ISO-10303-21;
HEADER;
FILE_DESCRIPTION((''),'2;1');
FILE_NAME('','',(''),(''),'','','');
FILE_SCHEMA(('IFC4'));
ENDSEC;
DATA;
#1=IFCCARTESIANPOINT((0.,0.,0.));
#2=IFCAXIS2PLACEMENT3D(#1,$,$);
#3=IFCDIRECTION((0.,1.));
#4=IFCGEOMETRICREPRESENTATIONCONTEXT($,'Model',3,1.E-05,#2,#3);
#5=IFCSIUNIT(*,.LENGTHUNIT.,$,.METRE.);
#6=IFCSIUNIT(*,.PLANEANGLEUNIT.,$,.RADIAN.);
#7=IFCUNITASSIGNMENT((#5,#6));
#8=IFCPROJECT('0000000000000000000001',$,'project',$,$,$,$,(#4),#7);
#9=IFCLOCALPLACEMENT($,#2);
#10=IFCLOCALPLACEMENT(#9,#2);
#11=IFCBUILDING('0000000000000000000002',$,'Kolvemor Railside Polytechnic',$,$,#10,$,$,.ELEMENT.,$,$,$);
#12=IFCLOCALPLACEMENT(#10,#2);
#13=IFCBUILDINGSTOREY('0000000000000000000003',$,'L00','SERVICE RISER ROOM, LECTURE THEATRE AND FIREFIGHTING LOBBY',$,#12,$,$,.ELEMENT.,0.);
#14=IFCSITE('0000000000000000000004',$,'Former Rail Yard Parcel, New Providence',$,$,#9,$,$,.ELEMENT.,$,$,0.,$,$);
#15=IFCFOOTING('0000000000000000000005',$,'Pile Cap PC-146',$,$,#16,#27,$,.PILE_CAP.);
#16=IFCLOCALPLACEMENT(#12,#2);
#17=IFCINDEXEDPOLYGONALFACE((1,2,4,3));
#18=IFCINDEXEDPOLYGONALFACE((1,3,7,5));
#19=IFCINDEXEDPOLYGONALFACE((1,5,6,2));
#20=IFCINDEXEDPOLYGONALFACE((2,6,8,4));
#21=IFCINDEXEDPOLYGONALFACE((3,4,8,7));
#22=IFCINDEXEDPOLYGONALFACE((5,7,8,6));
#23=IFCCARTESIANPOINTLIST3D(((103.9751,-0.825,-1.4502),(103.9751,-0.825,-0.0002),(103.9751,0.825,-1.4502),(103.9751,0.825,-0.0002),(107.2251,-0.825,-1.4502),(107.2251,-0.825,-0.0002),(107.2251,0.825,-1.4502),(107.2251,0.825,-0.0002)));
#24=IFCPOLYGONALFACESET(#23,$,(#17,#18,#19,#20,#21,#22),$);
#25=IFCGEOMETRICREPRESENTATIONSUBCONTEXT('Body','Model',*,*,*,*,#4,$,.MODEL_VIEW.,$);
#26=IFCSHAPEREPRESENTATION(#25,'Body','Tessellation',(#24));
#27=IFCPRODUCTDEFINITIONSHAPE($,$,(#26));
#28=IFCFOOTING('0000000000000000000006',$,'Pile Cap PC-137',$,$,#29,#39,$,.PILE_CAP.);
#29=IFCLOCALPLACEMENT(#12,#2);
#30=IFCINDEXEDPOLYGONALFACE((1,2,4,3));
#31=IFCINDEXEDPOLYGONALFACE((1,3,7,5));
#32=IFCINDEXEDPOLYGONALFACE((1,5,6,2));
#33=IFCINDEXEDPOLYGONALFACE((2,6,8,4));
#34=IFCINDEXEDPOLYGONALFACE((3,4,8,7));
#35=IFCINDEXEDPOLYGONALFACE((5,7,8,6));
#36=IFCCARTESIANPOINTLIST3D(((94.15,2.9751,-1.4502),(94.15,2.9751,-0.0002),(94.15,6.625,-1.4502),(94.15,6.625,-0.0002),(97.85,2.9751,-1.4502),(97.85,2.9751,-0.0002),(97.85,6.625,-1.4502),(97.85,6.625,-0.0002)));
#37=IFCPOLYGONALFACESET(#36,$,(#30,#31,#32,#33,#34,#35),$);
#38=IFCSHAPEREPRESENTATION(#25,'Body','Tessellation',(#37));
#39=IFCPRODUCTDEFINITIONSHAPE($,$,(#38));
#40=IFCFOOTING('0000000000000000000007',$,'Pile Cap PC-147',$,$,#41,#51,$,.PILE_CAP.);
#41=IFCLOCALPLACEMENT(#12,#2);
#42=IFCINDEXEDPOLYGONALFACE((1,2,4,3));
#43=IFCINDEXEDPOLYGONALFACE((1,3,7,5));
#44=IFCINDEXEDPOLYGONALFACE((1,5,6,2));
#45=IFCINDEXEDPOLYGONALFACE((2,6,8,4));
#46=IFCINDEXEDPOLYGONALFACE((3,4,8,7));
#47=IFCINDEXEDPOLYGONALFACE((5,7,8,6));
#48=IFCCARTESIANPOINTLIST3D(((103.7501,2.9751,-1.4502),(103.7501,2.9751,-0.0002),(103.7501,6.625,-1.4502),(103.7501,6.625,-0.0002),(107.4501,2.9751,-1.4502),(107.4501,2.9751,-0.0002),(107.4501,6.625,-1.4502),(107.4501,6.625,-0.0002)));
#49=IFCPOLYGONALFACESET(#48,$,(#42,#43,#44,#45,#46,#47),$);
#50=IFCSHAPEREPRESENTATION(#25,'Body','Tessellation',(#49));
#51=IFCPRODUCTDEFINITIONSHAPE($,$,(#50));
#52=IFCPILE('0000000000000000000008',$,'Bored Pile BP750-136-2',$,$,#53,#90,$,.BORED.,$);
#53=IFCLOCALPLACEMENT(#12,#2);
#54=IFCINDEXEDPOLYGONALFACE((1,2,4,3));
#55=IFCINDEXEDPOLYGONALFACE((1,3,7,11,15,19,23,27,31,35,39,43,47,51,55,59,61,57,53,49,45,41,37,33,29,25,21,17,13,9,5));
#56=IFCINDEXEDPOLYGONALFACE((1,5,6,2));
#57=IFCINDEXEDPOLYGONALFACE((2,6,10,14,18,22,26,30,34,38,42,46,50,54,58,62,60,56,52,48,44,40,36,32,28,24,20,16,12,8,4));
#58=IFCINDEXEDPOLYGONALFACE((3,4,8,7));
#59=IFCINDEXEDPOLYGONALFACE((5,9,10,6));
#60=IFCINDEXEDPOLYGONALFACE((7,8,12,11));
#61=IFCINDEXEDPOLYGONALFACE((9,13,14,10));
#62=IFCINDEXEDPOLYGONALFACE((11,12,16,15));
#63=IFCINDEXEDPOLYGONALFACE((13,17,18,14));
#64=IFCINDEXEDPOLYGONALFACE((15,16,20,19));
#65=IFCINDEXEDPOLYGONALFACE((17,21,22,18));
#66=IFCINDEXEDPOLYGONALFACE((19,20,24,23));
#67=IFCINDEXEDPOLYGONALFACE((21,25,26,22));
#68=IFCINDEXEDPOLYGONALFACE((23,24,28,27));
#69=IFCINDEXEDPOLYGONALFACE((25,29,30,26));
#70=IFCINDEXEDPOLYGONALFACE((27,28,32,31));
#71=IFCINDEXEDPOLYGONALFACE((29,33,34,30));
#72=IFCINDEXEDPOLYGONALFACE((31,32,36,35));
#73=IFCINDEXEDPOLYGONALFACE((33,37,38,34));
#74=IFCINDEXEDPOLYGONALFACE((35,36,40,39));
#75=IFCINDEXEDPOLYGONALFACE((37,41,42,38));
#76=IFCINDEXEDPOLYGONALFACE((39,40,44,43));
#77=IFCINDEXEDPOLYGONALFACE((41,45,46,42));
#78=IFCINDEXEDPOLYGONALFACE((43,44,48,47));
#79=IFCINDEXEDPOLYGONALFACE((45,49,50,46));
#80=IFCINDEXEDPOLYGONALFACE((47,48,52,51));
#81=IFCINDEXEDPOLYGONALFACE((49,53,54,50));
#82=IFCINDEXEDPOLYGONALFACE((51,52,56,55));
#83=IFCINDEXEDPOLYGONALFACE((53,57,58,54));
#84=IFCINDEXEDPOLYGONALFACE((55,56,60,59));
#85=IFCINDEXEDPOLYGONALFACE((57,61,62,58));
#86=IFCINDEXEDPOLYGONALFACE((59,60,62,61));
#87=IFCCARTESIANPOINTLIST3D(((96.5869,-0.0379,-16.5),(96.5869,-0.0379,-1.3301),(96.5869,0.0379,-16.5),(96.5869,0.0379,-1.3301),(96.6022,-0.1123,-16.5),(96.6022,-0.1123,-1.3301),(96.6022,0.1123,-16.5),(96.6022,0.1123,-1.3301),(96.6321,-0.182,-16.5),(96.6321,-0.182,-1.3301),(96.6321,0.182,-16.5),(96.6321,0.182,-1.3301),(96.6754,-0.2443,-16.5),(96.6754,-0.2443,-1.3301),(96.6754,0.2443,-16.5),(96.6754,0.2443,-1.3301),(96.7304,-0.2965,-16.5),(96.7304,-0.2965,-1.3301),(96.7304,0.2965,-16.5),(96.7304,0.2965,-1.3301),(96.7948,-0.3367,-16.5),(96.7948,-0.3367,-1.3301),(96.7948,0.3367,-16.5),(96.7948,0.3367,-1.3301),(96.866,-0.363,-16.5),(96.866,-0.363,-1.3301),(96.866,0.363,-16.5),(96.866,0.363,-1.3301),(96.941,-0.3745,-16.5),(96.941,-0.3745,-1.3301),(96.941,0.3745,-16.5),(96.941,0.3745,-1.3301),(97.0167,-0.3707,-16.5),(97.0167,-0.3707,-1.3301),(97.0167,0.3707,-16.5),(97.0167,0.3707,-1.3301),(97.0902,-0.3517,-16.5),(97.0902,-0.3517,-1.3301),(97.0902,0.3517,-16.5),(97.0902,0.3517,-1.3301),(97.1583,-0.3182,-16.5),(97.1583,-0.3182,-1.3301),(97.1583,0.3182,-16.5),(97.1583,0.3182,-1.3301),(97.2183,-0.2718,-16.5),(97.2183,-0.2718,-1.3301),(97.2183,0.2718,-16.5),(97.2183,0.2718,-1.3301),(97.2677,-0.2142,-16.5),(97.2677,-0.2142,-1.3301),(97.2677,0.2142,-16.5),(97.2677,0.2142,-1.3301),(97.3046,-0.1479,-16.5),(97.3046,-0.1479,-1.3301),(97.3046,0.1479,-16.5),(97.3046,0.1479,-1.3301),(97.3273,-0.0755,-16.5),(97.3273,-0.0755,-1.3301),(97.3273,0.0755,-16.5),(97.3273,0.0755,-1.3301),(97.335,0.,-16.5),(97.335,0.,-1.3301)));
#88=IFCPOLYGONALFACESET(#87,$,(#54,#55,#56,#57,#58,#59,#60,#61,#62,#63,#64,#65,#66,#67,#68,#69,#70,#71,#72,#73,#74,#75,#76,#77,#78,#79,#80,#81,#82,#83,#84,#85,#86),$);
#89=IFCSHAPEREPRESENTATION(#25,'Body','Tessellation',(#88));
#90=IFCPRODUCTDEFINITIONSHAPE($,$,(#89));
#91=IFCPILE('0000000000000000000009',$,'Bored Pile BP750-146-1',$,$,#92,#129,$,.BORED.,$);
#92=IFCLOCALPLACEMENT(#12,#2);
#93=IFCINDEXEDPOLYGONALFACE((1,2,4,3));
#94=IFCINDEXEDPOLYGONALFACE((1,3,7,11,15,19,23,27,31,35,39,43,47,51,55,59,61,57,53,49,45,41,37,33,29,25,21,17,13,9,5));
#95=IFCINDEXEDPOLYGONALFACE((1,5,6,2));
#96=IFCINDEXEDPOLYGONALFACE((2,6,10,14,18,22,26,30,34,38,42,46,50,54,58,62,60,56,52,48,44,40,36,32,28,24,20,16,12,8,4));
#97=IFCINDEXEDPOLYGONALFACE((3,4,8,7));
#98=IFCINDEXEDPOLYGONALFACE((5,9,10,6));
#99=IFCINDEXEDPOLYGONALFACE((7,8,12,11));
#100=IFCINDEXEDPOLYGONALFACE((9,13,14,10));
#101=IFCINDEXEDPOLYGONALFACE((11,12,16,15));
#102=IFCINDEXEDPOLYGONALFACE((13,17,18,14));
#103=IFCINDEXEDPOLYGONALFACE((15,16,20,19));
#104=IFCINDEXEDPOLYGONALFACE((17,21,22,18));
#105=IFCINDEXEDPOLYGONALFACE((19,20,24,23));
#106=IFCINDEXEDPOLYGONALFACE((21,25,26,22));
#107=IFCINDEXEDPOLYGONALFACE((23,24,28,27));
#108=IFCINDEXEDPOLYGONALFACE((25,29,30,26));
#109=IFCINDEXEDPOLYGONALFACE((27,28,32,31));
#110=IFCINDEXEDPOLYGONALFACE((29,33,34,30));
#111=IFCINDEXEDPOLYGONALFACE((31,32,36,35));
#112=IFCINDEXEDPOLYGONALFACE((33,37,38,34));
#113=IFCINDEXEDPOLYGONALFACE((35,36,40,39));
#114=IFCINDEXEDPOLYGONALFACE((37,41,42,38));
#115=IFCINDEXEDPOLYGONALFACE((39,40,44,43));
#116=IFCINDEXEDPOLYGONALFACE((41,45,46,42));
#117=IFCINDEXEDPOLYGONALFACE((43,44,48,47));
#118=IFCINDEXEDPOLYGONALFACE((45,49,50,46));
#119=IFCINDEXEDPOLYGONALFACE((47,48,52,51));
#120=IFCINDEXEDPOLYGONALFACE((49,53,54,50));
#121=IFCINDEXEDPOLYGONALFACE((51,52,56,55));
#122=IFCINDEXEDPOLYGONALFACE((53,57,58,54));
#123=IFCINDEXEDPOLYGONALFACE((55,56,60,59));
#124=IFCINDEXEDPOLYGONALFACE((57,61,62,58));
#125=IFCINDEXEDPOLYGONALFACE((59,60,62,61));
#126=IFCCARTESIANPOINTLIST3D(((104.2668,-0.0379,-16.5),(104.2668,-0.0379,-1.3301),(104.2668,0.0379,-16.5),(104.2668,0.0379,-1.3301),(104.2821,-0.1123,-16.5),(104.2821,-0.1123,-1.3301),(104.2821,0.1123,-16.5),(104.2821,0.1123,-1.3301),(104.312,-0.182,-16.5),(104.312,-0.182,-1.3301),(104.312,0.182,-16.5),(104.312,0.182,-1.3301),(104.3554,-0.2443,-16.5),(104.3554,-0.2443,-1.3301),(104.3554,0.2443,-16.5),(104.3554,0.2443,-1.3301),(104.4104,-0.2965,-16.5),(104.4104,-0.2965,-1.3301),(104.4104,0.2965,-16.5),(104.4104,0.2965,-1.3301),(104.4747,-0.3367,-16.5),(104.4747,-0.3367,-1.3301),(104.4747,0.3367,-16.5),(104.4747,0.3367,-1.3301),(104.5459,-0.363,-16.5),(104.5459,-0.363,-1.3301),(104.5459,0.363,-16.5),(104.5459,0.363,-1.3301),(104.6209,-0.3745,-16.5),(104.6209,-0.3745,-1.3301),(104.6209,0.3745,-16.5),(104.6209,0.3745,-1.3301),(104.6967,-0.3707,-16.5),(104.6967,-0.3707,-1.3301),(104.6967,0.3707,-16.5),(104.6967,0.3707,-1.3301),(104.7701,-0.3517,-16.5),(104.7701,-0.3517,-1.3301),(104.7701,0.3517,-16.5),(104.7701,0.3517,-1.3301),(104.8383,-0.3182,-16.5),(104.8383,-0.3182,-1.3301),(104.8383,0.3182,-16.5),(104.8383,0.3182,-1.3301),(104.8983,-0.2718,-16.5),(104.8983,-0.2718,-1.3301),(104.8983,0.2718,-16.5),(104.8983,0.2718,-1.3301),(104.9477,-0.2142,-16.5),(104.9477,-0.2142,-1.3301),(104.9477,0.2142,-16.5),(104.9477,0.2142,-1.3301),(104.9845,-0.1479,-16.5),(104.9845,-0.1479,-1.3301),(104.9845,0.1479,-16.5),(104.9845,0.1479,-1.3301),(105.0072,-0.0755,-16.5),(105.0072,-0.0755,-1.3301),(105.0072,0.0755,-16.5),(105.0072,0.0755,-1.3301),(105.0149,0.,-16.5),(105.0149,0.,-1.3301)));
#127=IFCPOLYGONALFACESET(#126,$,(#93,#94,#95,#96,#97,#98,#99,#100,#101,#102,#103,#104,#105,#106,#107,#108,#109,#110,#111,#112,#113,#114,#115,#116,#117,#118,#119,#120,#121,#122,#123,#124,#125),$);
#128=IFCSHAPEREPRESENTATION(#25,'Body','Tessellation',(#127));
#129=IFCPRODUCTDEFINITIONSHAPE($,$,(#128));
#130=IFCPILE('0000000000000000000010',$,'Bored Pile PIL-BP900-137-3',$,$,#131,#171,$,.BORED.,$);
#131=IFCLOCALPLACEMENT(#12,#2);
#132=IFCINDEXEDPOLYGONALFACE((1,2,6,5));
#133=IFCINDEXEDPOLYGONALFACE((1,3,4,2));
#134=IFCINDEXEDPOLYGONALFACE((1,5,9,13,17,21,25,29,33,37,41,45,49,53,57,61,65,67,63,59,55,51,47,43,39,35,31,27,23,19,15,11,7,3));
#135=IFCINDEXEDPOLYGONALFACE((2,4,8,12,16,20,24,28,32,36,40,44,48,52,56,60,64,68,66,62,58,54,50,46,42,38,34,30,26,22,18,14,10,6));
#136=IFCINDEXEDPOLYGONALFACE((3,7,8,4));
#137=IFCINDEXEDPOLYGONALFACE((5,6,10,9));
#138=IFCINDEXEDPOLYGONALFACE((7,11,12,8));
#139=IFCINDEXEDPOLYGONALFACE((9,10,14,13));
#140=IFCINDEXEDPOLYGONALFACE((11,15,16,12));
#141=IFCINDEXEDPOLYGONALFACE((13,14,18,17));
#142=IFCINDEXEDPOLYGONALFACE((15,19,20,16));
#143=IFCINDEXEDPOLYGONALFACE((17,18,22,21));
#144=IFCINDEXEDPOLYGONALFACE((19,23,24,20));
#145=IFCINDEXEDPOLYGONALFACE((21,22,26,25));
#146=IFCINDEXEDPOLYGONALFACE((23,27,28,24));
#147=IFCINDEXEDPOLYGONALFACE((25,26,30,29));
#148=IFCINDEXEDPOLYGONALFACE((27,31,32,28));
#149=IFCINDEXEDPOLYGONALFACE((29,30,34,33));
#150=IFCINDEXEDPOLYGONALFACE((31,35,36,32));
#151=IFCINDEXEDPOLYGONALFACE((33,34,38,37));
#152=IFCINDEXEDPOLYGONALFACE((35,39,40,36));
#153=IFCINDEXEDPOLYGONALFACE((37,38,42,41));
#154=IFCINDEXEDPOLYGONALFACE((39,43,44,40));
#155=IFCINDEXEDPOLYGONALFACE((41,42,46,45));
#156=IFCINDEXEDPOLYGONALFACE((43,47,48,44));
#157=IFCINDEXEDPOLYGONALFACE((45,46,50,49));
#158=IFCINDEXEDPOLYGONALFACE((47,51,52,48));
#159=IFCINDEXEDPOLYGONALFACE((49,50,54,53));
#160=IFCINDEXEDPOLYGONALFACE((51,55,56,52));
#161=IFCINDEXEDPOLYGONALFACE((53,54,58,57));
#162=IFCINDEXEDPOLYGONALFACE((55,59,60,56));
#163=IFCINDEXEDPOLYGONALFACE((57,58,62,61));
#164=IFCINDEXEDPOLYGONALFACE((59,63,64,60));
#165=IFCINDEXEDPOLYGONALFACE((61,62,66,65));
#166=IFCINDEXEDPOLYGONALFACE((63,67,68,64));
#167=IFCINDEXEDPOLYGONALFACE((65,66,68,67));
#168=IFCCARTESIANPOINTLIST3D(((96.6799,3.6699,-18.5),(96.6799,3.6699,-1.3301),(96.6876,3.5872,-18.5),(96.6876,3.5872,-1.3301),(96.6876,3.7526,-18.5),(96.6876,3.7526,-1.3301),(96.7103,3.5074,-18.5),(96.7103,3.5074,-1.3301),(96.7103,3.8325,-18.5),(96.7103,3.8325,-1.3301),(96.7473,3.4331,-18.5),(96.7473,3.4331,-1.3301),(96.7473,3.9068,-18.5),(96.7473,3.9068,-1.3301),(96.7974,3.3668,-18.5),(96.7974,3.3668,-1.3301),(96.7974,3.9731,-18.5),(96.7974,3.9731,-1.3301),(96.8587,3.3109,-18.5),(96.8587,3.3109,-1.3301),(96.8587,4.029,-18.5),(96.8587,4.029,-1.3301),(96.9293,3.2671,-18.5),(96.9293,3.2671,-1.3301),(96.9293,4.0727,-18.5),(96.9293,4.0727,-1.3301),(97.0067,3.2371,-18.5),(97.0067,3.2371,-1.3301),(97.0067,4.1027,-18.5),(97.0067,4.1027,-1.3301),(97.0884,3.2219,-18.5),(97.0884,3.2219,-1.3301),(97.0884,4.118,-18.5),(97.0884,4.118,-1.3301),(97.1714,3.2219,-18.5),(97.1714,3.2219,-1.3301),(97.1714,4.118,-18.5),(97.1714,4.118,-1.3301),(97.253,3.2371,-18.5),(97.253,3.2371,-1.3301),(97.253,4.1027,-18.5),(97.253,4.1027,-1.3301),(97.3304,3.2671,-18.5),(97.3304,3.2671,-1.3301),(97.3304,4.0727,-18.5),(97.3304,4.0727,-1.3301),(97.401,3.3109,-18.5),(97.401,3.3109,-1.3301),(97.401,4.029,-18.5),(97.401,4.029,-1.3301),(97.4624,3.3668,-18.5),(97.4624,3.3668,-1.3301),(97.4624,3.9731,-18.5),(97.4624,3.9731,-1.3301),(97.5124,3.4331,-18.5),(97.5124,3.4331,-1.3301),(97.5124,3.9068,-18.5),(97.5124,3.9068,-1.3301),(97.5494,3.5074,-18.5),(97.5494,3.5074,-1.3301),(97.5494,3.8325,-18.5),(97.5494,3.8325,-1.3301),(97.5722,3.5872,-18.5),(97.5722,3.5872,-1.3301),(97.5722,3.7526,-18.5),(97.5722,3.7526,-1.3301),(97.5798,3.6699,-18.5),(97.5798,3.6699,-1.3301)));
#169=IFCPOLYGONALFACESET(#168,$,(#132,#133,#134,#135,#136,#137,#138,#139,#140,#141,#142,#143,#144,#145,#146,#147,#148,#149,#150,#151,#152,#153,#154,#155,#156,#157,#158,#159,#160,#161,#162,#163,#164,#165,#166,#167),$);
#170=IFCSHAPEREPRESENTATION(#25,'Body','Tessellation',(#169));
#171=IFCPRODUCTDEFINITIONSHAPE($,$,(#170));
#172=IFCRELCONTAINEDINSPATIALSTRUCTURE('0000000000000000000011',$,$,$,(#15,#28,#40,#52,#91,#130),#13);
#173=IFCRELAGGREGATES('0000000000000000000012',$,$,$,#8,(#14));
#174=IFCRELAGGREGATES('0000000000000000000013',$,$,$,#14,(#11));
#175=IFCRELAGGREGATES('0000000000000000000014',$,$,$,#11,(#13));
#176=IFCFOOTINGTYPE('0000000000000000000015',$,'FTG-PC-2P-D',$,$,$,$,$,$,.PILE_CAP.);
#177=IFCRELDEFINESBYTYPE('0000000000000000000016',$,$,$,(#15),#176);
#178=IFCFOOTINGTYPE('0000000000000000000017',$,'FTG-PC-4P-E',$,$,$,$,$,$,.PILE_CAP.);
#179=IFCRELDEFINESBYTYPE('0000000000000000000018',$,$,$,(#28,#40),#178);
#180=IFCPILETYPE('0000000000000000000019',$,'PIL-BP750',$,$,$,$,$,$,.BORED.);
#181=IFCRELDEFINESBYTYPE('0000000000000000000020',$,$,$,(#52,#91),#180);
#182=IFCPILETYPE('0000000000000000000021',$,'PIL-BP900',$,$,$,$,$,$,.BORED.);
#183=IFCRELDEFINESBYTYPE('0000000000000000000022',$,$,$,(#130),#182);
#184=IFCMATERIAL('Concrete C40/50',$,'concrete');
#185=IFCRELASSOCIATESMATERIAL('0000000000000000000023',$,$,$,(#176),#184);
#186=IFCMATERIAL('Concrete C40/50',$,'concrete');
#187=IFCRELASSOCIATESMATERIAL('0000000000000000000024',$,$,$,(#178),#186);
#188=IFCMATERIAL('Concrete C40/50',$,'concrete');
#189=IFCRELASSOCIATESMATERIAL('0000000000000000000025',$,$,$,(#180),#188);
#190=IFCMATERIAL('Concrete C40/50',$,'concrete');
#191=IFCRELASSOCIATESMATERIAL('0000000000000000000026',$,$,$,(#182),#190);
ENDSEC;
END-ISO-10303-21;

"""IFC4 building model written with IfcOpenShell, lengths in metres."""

from ifc_helpers import new_model, si_unit, direction, frame, origin, origin_2d, place, context, subcontext, project, spatial, rectangle, circle, extrude, material, material_profile, profile_set, type_object, element, save


model = new_model("IFC4")

# Units and contexts
model_context = context("Model", 3, precision=1e-05, world=origin(), true_north=direction((0.0, 1.0)))
body_context = subcontext(model_context, "Body", "Model", "MODEL_VIEW")
ifc_project = project(units=[si_unit("LENGTHUNIT", "METRE"), si_unit("PLANEANGLEUNIT", "RADIAN")], contexts=[model_context])

# Site, building, storey
site_placement = place(None, origin())
site = spatial("IfcSite", under=ifc_project, at=site_placement, Name="Former Rail Yard Parcel, New Providence", CompositionType="ELEMENT", RefElevation=0.0)
building_placement = place(site_placement, origin())
building = spatial("IfcBuilding", under=site, at=building_placement, Name="Kolvemor Railside Polytechnic", CompositionType="ELEMENT")
storey_placement = place(building_placement, origin())
storey = spatial("IfcBuildingStorey", under=building, at=storey_placement, Name="L00", Description="SERVICE RISER ROOM, LECTURE THEATRE AND FIREFIGHTING LOBBY", CompositionType="ELEMENT", Elevation=0.0)

# Footings
ifc_material_1 = material(Name="Concrete C40/50", Category="concrete")
footing_type_1 = type_object("IfcFootingType", Name="FTG-PC-2P-D", PredefinedType="PILE_CAP", material=ifc_material_1)
footing_placement = place(storey_placement, frame((105.6001, 0.0, -1.4502), z_axis=(0.0, 0.0, 1.0), x_axis=(1.0, 0.0, 0.0)))
element("IfcFooting", 1, at=footing_placement, inside=storey, type_object=footing_type_1, Name="Pile Cap PC-146", PredefinedType="PILE_CAP", context=body_context, shape_type="SweptSolid", body=[
    extrude(rectangle(XDim=3.25, YDim=1.6499, at=origin_2d()), origin(), (0.0, 0.0, 1.0), 1.45),
])
ifc_material_2 = material(Name="Concrete C40/50", Category="concrete")
footing_type_2 = type_object("IfcFootingType", Name="FTG-PC-4P-E", PredefinedType="PILE_CAP", material=ifc_material_2)
for number, where, z_axis, x_axis, name in (
    (2, (96.0, 4.8, -1.4502), (0.0, 0.0, 1.0), (1.0, 0.0, 0.0), "Pile Cap PC-137"),
    (3, (105.6001, 4.8, -1.4502), (0.0, 0.0, 1.0), (1.0, 0.0, 0.0), "Pile Cap PC-147"),
):
    element("IfcFooting", number, at=place(storey_placement, frame(where, z_axis=z_axis, x_axis=x_axis)), inside=storey, type_object=footing_type_2, Name=name, PredefinedType="PILE_CAP", context=body_context, shape_type="SweptSolid", body=[
        extrude(rectangle(XDim=3.7, YDim=3.6499, at=origin_2d()), origin(), (0.0, 0.0, 1.0), 1.45),
    ])

# Piles
ifc_material_3 = material(Name="Concrete C40/50", Category="concrete")
ifc_material_profile_1 = material_profile(ifc_material_3, circle(Radius=0.375, at=origin_2d()), Name="BP750")
ifc_profile_set_1 = profile_set([ifc_material_profile_1], Name="Concrete C40/50")
pile_type_1 = type_object("IfcPileType", Name="PIL-BP750", PredefinedType="BORED", material=ifc_profile_set_1)
for number, where, z_axis, x_axis, name in (
    (4, (96.96, 0.0, -1.3301), (0.0, 0.0, -1.0), (1.0, 0.0, 0.0), "Bored Pile BP750-136-2"),
    (5, (104.6399, 0.0, -1.3301), (0.0, 0.0, -1.0), (1.0, 0.0, 0.0), "Bored Pile BP750-146-1"),
):
    element("IfcPile", number, at=place(storey_placement, frame(where, z_axis=z_axis, x_axis=x_axis)), inside=storey, type_object=pile_type_1, Name=name, PredefinedType="BORED", context=body_context, shape_type="SweptSolid", body=[
        extrude(circle(Radius=0.375, at=origin_2d()), origin(), (0.0, 0.0, 1.0), 15.1699),
    ])
ifc_material_4 = material(Name="Concrete C40/50", Category="concrete")
ifc_material_profile_2 = material_profile(ifc_material_4, circle(Radius=0.45, at=origin_2d()), Name="BP900")
ifc_profile_set_2 = profile_set([ifc_material_profile_2], Name="Concrete C40/50")
pile_type_2 = type_object("IfcPileType", Name="PIL-BP900", PredefinedType="BORED", material=ifc_profile_set_2)
for number, where, z_axis, x_axis, name in (
    (6, (97.1299, 3.6699, -1.3301), (0.0, 0.0, -1.0), (1.0, 0.0, 0.0), "Bored Pile PIL-BP900-137-3"),
):
    element("IfcPile", number, at=place(storey_placement, frame(where, z_axis=z_axis, x_axis=x_axis)), inside=storey, type_object=pile_type_2, Name=name, PredefinedType="BORED", context=body_context, shape_type="SweptSolid", body=[
        extrude(circle(Radius=0.45, at=origin_2d()), origin(), (0.0, 0.0, 1.0), 17.1699),
    ])

save(model, "model.ifc")
